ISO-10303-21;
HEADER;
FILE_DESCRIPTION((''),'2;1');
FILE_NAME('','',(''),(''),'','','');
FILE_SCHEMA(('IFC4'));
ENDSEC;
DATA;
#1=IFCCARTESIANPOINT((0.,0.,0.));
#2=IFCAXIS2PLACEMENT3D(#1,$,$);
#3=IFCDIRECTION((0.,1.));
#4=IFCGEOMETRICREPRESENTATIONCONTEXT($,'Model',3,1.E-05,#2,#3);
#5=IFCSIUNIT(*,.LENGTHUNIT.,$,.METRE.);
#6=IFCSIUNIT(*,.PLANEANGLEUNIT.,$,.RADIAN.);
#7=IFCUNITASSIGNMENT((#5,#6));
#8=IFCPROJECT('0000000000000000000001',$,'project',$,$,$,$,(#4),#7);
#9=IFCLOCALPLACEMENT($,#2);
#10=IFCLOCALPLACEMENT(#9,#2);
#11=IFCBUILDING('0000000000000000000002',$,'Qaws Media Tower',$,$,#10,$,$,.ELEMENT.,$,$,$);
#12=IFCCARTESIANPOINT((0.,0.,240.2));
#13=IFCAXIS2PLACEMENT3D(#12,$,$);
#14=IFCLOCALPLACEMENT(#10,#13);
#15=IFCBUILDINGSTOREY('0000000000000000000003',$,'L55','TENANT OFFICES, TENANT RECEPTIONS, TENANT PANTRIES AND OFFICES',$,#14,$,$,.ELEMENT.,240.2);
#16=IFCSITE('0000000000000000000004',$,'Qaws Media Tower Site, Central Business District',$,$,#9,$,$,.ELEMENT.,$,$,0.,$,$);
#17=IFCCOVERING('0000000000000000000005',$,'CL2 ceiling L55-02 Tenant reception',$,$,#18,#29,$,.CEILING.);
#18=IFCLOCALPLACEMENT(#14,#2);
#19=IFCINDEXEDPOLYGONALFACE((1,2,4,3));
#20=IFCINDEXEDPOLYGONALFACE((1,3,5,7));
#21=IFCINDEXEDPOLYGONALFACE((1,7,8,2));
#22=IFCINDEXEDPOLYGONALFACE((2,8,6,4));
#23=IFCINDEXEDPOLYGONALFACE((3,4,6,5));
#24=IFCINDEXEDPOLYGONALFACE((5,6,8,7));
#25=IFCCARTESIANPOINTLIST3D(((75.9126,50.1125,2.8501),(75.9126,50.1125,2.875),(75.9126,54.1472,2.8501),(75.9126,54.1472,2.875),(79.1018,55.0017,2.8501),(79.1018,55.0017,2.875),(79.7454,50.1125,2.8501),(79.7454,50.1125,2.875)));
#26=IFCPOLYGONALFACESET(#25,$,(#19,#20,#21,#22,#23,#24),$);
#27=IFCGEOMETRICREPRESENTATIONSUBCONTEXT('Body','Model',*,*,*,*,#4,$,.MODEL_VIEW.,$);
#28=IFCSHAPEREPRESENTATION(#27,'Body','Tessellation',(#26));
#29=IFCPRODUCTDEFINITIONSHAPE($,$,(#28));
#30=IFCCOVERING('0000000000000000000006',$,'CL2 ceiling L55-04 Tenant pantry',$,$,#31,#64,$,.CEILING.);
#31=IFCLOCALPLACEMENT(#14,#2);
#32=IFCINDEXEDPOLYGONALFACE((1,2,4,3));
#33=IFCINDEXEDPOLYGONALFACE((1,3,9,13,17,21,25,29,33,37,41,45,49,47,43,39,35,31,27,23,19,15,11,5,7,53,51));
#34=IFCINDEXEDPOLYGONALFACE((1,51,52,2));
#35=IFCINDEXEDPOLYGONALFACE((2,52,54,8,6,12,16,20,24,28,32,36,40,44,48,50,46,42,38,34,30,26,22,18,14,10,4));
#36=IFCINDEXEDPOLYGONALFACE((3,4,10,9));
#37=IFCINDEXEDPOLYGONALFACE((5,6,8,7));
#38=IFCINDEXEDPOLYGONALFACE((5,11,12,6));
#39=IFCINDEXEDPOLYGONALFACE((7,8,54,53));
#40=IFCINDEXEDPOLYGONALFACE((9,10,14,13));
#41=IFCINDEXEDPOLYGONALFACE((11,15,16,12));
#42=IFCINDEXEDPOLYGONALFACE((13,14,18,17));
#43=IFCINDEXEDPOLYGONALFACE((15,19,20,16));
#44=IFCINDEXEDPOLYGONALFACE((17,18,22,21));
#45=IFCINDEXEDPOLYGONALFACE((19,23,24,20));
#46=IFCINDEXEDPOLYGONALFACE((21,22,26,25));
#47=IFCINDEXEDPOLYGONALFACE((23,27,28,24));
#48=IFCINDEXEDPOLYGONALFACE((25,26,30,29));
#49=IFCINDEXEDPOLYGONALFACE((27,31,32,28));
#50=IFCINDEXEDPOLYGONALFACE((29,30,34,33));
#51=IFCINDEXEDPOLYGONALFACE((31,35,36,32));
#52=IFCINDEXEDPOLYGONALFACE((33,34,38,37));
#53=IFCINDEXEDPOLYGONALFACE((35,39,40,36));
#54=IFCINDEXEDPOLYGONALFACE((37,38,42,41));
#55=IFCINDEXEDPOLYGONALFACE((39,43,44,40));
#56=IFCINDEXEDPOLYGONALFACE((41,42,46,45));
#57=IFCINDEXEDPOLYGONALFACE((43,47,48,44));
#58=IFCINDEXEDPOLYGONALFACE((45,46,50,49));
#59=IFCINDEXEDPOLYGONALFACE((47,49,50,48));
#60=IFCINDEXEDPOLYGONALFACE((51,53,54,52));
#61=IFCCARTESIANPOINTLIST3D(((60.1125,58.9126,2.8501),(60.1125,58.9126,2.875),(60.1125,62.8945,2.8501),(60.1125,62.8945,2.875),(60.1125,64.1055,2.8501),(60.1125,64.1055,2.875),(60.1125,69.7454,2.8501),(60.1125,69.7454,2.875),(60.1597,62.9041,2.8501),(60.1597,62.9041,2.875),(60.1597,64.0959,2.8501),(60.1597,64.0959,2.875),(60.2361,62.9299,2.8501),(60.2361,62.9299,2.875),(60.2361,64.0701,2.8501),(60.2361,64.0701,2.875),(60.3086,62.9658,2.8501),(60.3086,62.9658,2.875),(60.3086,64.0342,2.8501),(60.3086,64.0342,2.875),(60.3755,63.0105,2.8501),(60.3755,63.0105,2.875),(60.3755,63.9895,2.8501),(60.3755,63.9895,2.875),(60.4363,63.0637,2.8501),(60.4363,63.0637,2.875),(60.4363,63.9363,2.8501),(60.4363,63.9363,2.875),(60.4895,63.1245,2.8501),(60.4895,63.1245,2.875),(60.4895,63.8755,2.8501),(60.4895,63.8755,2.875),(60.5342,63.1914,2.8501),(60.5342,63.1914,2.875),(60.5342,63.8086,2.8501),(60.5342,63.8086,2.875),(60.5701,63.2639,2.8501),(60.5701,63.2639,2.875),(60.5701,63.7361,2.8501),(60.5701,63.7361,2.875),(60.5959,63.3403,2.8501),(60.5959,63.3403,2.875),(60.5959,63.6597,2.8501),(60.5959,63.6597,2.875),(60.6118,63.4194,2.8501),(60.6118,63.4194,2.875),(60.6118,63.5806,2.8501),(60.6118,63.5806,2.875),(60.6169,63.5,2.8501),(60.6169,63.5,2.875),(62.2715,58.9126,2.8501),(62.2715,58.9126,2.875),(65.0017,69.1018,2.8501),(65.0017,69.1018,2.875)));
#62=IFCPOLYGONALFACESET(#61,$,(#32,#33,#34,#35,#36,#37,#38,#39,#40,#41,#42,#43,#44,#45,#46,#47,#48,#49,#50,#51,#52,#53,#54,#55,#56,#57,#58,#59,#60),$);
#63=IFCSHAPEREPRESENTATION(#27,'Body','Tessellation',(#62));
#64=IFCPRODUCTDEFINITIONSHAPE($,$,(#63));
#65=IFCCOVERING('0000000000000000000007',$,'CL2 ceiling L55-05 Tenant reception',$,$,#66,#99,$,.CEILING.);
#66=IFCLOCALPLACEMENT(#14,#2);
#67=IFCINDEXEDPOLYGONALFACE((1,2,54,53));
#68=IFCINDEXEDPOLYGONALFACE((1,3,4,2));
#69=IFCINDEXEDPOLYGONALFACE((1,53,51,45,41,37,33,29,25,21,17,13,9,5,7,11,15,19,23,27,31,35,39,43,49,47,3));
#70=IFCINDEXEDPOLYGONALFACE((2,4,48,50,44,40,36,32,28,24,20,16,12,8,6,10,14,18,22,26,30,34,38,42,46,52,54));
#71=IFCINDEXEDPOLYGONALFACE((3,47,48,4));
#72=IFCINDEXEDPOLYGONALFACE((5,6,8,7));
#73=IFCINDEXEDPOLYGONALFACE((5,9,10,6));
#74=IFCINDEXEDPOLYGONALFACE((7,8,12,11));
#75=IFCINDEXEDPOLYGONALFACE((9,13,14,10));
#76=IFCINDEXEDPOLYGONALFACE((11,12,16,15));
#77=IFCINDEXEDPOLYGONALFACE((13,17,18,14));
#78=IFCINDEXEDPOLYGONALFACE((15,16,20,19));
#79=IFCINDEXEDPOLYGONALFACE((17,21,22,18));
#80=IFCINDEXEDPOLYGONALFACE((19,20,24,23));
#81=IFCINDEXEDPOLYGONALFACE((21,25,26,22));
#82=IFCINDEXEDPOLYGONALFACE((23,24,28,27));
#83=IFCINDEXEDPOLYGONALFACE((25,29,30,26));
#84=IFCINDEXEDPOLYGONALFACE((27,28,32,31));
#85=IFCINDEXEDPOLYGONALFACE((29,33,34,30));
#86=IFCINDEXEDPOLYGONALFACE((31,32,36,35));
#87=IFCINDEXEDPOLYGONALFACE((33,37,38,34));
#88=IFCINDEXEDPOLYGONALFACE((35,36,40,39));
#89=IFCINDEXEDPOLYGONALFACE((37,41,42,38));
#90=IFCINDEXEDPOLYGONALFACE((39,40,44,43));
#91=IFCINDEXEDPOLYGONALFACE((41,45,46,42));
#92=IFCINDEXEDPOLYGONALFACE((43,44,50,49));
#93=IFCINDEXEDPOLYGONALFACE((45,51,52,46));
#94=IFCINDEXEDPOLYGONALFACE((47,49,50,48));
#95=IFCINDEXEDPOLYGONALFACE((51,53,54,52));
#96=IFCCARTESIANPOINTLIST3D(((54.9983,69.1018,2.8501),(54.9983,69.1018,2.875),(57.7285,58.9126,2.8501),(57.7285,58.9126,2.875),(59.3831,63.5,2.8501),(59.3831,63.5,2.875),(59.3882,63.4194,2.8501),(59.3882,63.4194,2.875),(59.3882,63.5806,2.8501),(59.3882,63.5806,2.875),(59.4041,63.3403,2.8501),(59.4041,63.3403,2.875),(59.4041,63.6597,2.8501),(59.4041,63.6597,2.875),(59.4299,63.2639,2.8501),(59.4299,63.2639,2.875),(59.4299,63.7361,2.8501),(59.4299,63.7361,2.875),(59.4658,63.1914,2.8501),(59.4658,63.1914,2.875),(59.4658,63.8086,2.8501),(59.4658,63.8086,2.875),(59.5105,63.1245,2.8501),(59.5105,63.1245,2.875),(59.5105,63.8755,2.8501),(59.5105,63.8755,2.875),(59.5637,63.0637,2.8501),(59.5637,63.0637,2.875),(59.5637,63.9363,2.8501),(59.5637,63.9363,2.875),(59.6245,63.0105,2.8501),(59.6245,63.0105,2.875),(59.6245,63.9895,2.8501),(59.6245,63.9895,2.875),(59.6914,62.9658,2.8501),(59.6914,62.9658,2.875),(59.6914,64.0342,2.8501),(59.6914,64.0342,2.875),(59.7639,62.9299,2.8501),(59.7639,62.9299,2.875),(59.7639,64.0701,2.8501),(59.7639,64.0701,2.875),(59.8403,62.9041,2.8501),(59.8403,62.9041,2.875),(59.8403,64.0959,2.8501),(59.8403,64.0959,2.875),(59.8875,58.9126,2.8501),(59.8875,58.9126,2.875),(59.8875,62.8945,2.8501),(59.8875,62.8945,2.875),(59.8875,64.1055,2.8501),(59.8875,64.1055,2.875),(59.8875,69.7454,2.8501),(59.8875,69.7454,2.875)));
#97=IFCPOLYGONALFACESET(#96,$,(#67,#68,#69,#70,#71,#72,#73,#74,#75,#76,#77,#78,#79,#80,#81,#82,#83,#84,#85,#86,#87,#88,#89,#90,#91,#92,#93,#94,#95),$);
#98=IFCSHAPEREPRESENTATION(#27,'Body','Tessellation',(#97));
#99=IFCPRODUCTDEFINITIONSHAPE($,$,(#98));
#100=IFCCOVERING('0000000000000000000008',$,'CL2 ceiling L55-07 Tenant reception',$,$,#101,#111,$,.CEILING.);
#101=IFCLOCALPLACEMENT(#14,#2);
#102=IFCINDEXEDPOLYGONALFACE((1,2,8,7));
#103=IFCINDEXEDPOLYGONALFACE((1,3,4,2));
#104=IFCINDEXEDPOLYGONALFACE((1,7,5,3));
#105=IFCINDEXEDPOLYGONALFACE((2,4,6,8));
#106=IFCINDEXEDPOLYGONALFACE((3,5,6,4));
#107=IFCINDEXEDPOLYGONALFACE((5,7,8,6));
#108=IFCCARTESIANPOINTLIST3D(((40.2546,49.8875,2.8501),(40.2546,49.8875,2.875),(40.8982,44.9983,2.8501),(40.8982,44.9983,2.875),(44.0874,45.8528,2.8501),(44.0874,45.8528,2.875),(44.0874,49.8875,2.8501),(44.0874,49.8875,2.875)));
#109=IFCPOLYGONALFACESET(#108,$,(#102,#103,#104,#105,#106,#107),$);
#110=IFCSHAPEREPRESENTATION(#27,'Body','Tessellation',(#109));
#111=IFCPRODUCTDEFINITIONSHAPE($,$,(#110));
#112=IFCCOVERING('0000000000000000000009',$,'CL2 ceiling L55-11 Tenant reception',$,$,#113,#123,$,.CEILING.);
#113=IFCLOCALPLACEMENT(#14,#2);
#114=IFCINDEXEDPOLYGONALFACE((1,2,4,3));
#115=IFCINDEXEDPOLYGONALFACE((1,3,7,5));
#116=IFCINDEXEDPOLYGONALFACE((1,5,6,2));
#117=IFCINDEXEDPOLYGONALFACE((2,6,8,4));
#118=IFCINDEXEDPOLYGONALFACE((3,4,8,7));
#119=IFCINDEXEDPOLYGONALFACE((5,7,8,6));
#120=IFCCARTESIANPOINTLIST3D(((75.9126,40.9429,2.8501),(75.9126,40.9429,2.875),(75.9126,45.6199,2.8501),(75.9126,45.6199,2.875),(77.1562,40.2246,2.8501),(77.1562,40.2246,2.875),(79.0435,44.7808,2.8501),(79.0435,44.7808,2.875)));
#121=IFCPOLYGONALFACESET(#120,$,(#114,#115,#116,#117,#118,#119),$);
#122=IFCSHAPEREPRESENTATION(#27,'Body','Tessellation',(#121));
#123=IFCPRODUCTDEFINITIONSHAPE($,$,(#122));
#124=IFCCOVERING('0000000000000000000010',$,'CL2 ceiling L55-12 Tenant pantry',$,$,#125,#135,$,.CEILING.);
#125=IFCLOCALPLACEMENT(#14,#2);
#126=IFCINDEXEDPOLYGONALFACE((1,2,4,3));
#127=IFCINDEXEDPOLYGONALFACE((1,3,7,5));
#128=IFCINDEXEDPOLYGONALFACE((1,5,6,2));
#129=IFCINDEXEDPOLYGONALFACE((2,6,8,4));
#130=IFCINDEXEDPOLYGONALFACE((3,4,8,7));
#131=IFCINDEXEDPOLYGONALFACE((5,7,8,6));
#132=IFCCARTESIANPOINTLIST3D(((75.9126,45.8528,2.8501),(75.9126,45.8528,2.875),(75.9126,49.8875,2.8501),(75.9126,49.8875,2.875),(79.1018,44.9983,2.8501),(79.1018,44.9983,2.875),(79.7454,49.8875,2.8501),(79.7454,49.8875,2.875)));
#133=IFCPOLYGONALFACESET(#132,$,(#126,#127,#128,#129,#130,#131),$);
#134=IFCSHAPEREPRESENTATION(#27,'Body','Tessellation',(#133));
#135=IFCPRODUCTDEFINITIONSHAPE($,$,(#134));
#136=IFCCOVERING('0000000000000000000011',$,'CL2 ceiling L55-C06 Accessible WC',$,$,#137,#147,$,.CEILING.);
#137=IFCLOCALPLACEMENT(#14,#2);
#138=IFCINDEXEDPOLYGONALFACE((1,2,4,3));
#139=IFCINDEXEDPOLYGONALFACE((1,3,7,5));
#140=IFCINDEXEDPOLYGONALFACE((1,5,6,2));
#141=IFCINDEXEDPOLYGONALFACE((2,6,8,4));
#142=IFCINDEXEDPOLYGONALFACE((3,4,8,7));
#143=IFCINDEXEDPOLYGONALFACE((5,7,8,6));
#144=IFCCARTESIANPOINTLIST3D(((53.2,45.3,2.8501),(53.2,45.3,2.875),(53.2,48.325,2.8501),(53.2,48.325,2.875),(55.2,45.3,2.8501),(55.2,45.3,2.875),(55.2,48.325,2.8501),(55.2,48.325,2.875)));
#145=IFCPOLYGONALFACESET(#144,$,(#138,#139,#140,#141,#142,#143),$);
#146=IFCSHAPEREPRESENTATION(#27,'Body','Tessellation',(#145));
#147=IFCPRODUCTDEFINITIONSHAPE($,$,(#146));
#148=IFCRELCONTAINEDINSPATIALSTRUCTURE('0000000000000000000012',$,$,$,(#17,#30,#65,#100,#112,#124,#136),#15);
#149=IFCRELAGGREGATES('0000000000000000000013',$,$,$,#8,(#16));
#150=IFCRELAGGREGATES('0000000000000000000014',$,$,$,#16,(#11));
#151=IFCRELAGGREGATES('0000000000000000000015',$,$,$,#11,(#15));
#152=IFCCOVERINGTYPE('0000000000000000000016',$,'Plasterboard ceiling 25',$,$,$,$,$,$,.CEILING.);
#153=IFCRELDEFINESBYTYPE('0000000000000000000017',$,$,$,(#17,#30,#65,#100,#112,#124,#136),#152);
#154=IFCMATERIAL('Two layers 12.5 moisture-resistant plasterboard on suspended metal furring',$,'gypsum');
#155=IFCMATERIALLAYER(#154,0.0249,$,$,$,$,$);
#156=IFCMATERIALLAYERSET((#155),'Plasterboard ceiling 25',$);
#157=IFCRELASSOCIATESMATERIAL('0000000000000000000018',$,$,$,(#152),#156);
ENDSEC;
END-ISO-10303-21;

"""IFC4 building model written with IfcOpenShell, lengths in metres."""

from ifc_helpers import new_model, si_unit, direction, frame, origin, place, context, subcontext, project, spatial, polyline, outline, extrude, material, layer, layer_set, type_object, element, save


model = new_model("IFC4")

# Units and contexts
model_context = context("Model", 3, precision=1e-05, world=origin(), true_north=direction((0.0, 1.0)))
body_context = subcontext(model_context, "Body", "Model", "MODEL_VIEW")
ifc_project = project(units=[si_unit("LENGTHUNIT", "METRE"), si_unit("PLANEANGLEUNIT", "RADIAN")], contexts=[model_context])

# Site, building, storey
site_placement = place(None, origin())
site = spatial("IfcSite", under=ifc_project, at=site_placement, Name="Qaws Media Tower Site, Central Business District", CompositionType="ELEMENT", RefElevation=0.0)
building_placement = place(site_placement, origin())
building = spatial("IfcBuilding", under=site, at=building_placement, Name="Qaws Media Tower", CompositionType="ELEMENT")
storey_placement = place(building_placement, frame((0.0, 0.0, 240.2)))
storey = spatial("IfcBuildingStorey", under=building, at=storey_placement, Name="L55", Description="TENANT OFFICES, TENANT RECEPTIONS, TENANT PANTRIES AND OFFICES", CompositionType="ELEMENT", Elevation=240.2)

# Coverings
ifc_material_1 = material(Name="Two layers 12.5 moisture-resistant plasterboard on suspended metal furring", Category="gypsum")
ifc_layer_1 = layer(ifc_material_1, 0.0249)
ifc_layer_set_1 = layer_set([ifc_layer_1], Name="Plasterboard ceiling 25")
covering_type_1 = type_object("IfcCoveringType", Name="Plasterboard ceiling 25", PredefinedType="CEILING", material=ifc_layer_set_1)
covering_1_placement = place(storey_placement, frame((0.0, 0.0, 2.8501)))
element("IfcCovering", 1, at=covering_1_placement, inside=storey, type_object=covering_type_1, Name="CL2 ceiling L55-02 Tenant reception", PredefinedType="CEILING", context=body_context, shape_type="SweptSolid", body=[
    extrude(outline(polyline([(79.7454, 50.1125), (75.9126, 50.1125), (75.9126, 54.1472), (79.1018, 55.0017), (79.7454, 50.1125)])), origin(), (0.0, 0.0, 1.0), 0.0249),
])
covering_2_placement = place(storey_placement, frame((0.0, 0.0, 2.8501)))
element("IfcCovering", 2, at=covering_2_placement, inside=storey, type_object=covering_type_1, Name="CL2 ceiling L55-04 Tenant pantry", PredefinedType="CEILING", context=body_context, shape_type="SweptSolid", body=[
    extrude(outline(polyline([(65.0017, 69.1018), (62.2715, 58.9126), (60.1125, 58.9126), (60.1125, 62.8945), (60.1597, 62.9041), (60.2361, 62.9299), (60.3086, 62.9658), (60.3755, 63.0105), (60.4363, 63.0637), (60.4895, 63.1245), (60.5342, 63.1914), (60.5701, 63.2639), (60.5959, 63.3403), (60.6118, 63.4194), (60.6169, 63.5), (60.6118, 63.5806), (60.5959, 63.6597), (60.5701, 63.7361), (60.5342, 63.8086), (60.4895, 63.8755), (60.4363, 63.9363), (60.3755, 63.9895), (60.3086, 64.0342), (60.2361, 64.0701), (60.1597, 64.0959), (60.1125, 64.1055), (60.1125, 69.7454), (65.0017, 69.1018)])), origin(), (0.0, 0.0, 1.0), 0.0249),
])
covering_3_placement = place(storey_placement, frame((0.0, 0.0, 2.8501)))
element("IfcCovering", 3, at=covering_3_placement, inside=storey, type_object=covering_type_1, Name="CL2 ceiling L55-05 Tenant reception", PredefinedType="CEILING", context=body_context, shape_type="SweptSolid", body=[
    extrude(outline(polyline([(59.8875, 69.7454), (59.8875, 64.1055), (59.8403, 64.0959), (59.7639, 64.0701), (59.6914, 64.0342), (59.6245, 63.9895), (59.5637, 63.9363), (59.5105, 63.8755), (59.4658, 63.8086), (59.4299, 63.7361), (59.4041, 63.6597), (59.3882, 63.5806), (59.3831, 63.5), (59.3882, 63.4194), (59.4041, 63.3403), (59.4299, 63.2639), (59.4658, 63.1914), (59.5105, 63.1245), (59.5637, 63.0637), (59.6245, 63.0105), (59.6914, 62.9658), (59.7639, 62.9299), (59.8403, 62.9041), (59.8875, 62.8945), (59.8875, 58.9126), (57.7285, 58.9126), (54.9983, 69.1018), (59.8875, 69.7454)])), origin(), (0.0, 0.0, 1.0), 0.0249),
])
covering_4_placement = place(storey_placement, frame((0.0, 0.0, 2.8501)))
element("IfcCovering", 4, at=covering_4_placement, inside=storey, type_object=covering_type_1, Name="CL2 ceiling L55-07 Tenant reception", PredefinedType="CEILING", context=body_context, shape_type="SweptSolid", body=[
    extrude(outline(polyline([(40.2546, 49.8875), (44.0874, 49.8875), (44.0874, 45.8528), (40.8982, 44.9983), (40.2546, 49.8875)])), origin(), (0.0, 0.0, 1.0), 0.0249),
])
covering_5_placement = place(storey_placement, frame((0.0, 0.0, 2.8501)))
element("IfcCovering", 5, at=covering_5_placement, inside=storey, type_object=covering_type_1, Name="CL2 ceiling L55-11 Tenant reception", PredefinedType="CEILING", context=body_context, shape_type="SweptSolid", body=[
    extrude(outline(polyline([(77.1562, 40.2246), (75.9126, 40.9429), (75.9126, 45.6199), (79.0435, 44.7808), (77.1562, 40.2246)])), origin(), (0.0, 0.0, 1.0), 0.0249),
])
covering_6_placement = place(storey_placement, frame((0.0, 0.0, 2.8501)))
element("IfcCovering", 6, at=covering_6_placement, inside=storey, type_object=covering_type_1, Name="CL2 ceiling L55-12 Tenant pantry", PredefinedType="CEILING", context=body_context, shape_type="SweptSolid", body=[
    extrude(outline(polyline([(79.1018, 44.9983), (75.9126, 45.8528), (75.9126, 49.8875), (79.7454, 49.8875), (79.1018, 44.9983)])), origin(), (0.0, 0.0, 1.0), 0.0249),
])
covering_7_placement = place(storey_placement, frame((0.0, 0.0, 2.8501)))
element("IfcCovering", 7, at=covering_7_placement, inside=storey, type_object=covering_type_1, Name="CL2 ceiling L55-C06 Accessible WC", PredefinedType="CEILING", context=body_context, shape_type="SweptSolid", body=[
    extrude(outline(polyline([(53.2, 45.3), (53.2, 48.325), (55.2, 48.325), (55.2, 45.3), (53.2, 45.3)])), origin(), (0.0, 0.0, 1.0), 0.0249),
])

save(model, "model.ifc")
